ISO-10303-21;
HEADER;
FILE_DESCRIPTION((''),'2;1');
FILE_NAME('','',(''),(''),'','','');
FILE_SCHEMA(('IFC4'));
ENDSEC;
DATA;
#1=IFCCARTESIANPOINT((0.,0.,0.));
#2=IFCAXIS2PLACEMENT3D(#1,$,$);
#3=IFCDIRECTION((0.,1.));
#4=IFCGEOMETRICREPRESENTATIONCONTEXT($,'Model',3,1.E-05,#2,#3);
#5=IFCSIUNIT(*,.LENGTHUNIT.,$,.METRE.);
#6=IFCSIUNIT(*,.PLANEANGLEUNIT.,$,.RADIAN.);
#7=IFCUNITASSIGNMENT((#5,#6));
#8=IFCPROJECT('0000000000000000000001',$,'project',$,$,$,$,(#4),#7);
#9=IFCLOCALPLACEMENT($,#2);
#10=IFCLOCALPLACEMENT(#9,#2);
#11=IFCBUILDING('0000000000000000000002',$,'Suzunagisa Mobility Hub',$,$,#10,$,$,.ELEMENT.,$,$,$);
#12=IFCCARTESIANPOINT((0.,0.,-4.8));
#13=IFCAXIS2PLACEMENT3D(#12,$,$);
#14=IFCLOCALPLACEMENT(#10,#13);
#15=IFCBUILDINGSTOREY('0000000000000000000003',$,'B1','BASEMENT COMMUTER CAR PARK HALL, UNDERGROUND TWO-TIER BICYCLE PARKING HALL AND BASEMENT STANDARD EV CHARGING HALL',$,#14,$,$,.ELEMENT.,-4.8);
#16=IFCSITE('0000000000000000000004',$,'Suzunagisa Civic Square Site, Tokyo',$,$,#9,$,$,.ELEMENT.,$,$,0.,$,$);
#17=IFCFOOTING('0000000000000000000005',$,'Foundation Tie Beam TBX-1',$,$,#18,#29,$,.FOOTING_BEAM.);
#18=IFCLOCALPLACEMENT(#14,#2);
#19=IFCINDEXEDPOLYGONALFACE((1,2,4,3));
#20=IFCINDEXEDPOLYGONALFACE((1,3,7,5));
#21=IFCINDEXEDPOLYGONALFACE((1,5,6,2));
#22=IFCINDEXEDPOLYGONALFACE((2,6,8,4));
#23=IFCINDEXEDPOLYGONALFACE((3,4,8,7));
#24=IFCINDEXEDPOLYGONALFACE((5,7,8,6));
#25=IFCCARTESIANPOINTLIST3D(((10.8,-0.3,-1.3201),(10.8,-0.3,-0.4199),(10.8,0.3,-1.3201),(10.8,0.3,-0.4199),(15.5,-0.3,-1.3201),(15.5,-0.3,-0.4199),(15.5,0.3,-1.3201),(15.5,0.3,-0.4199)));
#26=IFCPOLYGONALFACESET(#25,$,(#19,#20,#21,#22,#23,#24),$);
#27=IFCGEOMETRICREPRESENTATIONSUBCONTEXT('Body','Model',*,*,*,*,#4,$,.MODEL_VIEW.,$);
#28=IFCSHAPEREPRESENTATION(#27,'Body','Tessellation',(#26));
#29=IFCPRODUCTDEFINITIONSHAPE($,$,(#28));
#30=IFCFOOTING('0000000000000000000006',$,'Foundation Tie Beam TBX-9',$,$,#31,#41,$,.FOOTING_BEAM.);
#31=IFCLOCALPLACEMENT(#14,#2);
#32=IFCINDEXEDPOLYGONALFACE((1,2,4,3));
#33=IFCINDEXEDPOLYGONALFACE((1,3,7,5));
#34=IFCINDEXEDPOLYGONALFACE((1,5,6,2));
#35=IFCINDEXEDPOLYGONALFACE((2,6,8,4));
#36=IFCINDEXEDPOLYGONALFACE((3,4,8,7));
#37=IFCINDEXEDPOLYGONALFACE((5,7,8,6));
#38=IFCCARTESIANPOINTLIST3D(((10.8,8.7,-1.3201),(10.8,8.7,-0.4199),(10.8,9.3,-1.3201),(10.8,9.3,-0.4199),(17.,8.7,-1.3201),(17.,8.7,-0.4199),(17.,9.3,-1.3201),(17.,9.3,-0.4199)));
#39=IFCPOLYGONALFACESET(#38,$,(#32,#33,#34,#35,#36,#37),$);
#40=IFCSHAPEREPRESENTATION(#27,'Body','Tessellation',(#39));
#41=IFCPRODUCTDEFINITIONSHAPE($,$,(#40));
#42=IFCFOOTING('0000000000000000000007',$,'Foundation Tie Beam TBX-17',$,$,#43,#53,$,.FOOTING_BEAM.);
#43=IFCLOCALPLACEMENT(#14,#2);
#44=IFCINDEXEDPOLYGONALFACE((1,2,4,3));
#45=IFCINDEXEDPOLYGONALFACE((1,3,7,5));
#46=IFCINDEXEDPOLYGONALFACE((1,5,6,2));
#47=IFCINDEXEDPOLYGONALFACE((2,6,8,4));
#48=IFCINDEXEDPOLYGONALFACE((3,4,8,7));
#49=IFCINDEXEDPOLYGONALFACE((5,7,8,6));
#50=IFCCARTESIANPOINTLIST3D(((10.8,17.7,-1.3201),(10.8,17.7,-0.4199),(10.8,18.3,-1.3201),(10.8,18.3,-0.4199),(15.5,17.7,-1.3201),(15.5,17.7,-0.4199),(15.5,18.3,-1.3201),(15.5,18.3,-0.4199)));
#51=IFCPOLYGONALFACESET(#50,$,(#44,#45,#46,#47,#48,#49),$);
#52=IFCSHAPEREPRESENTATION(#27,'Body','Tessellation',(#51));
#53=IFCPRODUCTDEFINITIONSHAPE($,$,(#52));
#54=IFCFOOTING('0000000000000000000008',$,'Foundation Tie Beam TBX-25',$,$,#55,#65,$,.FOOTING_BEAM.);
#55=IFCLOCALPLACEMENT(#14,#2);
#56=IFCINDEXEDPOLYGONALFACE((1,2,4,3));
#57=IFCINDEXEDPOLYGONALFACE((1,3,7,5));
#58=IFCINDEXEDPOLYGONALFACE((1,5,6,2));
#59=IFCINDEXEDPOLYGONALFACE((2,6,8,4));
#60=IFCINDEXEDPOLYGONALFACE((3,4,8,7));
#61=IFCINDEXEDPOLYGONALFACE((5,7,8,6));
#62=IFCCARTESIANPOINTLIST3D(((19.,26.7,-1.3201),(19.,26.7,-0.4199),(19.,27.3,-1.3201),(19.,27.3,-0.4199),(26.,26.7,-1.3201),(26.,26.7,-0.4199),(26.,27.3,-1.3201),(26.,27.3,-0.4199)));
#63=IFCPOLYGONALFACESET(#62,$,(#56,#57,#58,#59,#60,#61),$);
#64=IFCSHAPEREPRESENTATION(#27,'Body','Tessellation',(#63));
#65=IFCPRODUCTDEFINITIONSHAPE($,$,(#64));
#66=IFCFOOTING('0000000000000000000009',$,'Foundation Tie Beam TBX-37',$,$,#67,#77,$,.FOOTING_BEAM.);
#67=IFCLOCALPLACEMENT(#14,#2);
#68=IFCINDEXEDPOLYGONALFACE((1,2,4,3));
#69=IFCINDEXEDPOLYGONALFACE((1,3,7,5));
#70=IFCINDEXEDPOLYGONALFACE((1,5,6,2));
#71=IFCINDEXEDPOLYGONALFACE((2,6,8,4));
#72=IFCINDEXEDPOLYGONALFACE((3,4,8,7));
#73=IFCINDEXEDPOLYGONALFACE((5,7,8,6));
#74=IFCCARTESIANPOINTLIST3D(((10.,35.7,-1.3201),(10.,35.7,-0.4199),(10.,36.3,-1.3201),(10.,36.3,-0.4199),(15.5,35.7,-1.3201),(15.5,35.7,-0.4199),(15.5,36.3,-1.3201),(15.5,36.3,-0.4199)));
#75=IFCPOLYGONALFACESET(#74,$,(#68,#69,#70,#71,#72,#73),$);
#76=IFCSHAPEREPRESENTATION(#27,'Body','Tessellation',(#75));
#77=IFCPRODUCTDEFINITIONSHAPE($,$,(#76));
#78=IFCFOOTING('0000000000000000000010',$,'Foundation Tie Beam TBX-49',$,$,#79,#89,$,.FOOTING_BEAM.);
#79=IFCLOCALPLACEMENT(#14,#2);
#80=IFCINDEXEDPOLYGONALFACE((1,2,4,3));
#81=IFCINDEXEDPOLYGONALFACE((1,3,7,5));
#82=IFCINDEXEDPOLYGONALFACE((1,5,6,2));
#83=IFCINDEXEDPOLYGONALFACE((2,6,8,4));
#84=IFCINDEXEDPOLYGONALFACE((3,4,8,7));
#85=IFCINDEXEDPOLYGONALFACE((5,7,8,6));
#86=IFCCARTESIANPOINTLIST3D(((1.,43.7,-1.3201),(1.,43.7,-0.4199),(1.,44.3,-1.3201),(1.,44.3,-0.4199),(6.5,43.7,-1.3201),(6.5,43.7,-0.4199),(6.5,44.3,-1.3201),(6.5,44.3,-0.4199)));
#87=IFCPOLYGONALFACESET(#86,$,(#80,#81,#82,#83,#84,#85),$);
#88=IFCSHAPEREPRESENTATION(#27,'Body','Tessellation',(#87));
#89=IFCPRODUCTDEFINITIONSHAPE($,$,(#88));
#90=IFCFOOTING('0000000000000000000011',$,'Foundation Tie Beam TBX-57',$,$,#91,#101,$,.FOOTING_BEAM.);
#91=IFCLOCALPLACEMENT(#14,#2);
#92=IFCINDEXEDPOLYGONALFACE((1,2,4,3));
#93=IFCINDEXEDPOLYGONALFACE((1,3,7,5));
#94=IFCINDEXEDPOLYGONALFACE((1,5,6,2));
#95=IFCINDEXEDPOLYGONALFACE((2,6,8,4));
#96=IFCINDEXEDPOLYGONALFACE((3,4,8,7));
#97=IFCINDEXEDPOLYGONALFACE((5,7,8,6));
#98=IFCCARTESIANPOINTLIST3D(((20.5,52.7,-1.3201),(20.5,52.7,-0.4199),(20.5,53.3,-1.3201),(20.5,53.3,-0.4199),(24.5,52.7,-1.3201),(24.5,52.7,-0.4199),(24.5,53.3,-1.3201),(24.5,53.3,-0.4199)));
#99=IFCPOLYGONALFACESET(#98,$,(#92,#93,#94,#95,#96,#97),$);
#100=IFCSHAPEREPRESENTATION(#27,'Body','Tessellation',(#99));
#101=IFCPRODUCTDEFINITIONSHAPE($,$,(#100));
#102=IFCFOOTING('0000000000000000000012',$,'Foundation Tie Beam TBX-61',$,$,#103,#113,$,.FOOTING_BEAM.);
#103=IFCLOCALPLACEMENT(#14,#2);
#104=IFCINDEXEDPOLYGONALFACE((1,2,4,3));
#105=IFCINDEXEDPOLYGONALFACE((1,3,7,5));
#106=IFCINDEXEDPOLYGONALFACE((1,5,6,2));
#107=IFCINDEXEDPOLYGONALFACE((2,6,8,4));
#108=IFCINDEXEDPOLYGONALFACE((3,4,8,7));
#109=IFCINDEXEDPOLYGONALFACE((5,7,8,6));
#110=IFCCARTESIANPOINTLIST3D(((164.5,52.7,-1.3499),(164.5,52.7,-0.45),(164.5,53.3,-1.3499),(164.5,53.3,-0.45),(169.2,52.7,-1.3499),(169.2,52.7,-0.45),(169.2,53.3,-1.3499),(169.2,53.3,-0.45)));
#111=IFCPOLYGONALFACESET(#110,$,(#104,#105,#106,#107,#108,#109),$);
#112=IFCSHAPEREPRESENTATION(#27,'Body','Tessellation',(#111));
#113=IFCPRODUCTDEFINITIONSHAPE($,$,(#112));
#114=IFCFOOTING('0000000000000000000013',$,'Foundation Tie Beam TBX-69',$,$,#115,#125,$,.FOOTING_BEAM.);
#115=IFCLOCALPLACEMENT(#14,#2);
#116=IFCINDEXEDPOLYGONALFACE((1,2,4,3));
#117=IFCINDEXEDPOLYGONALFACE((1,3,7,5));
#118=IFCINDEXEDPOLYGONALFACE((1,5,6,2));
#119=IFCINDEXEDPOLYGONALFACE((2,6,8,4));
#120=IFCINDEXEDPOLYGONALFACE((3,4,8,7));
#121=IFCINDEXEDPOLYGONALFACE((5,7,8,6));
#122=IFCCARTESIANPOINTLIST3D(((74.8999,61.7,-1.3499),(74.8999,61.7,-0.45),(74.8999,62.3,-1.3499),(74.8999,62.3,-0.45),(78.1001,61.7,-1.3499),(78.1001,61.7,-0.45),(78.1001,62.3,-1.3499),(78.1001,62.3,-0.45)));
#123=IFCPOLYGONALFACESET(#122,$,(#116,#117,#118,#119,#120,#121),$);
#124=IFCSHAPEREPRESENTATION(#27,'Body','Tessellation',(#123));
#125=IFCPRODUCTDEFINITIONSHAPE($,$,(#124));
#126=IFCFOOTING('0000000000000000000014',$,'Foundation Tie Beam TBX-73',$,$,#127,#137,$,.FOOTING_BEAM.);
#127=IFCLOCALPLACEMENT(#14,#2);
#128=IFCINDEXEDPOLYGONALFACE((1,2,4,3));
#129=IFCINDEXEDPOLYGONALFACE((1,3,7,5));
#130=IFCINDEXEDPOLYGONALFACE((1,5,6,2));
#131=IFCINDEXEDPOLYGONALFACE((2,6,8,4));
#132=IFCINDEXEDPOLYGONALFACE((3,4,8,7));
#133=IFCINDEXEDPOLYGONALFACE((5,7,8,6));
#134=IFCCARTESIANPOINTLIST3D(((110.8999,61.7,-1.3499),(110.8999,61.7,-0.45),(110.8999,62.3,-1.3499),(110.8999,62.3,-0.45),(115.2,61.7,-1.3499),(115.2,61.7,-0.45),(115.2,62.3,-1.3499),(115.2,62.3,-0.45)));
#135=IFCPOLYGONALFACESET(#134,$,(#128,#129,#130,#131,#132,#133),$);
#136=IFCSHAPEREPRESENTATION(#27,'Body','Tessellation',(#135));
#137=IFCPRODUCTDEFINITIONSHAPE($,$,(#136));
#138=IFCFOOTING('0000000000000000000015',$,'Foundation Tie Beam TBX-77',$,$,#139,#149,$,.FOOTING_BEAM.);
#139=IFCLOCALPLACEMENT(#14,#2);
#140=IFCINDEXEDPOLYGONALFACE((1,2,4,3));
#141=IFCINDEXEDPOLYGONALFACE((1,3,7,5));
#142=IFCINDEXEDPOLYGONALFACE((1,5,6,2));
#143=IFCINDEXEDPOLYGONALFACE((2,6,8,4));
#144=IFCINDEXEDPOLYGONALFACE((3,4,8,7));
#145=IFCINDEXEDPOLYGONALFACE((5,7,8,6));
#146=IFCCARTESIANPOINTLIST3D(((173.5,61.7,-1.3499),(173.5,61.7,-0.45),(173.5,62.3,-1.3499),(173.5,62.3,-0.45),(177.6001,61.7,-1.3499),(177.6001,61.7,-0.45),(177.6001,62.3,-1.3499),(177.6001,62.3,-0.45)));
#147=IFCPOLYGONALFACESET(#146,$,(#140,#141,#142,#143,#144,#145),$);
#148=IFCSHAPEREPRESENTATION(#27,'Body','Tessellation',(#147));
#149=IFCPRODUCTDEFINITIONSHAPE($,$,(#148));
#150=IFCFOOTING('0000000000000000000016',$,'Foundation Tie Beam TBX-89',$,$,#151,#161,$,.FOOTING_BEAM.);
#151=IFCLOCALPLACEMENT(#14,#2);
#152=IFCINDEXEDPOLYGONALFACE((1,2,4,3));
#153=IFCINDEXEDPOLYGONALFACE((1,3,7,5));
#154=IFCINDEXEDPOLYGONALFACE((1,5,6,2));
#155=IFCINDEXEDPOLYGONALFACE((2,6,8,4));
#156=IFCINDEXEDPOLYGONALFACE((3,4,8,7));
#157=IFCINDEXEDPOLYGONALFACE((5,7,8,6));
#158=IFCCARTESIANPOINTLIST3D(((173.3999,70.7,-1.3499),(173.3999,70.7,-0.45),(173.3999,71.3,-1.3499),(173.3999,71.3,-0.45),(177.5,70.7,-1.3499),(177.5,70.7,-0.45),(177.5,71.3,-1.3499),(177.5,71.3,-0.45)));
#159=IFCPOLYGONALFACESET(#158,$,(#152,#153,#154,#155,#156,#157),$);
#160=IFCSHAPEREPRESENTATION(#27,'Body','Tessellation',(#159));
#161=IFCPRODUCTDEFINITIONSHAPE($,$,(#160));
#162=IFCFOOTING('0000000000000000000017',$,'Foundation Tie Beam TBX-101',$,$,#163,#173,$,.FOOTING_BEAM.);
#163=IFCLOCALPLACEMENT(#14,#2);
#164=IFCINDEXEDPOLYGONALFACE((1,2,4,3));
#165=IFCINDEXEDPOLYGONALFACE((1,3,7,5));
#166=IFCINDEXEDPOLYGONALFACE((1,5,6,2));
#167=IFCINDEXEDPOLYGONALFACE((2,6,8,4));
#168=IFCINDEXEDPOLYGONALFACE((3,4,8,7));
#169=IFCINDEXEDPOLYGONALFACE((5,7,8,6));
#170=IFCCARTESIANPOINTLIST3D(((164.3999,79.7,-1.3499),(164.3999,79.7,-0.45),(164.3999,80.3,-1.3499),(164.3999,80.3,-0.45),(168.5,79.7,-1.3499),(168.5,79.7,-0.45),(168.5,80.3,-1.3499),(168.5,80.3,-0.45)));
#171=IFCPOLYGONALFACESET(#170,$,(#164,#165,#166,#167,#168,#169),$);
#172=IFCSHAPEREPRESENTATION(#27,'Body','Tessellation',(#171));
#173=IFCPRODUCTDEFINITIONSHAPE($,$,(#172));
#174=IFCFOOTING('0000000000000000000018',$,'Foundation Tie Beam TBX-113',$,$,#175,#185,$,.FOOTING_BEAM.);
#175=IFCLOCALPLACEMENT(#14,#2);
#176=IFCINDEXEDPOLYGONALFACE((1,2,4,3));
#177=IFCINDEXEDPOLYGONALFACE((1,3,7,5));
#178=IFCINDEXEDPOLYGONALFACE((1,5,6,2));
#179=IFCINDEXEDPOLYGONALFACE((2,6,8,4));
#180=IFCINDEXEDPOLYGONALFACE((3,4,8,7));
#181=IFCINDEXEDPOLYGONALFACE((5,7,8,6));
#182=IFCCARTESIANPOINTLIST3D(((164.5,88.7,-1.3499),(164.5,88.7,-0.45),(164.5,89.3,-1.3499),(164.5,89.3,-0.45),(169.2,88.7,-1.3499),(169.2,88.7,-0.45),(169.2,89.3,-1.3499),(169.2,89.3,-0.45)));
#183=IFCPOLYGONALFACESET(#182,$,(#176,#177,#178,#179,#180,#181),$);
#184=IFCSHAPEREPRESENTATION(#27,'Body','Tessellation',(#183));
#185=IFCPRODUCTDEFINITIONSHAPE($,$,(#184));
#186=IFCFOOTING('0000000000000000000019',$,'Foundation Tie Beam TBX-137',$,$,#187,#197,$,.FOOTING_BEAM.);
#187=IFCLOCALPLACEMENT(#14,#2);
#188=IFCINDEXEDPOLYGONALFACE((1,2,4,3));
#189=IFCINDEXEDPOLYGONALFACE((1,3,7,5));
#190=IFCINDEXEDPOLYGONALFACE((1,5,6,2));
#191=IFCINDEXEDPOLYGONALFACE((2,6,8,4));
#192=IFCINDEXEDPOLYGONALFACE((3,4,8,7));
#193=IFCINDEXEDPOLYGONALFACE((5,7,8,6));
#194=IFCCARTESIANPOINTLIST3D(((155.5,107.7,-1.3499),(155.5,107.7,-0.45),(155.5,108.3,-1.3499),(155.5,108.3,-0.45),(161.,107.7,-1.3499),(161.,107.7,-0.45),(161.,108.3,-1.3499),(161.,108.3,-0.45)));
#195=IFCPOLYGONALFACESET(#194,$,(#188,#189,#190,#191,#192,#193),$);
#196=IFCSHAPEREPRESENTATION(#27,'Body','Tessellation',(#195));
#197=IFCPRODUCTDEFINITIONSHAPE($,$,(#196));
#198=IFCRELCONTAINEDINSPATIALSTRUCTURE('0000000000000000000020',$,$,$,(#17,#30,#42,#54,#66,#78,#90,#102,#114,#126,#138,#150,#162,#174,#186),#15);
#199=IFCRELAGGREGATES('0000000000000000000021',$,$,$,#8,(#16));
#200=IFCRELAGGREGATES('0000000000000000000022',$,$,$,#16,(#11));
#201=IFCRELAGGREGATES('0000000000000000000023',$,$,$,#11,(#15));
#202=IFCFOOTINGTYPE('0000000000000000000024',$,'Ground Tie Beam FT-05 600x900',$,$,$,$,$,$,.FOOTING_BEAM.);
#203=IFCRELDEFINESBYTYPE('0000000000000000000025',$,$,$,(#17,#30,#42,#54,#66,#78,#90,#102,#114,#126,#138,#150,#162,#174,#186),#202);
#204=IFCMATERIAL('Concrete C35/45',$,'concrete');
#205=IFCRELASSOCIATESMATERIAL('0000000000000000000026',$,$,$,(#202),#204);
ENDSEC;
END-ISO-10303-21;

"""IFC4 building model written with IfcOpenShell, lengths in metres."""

from ifc_helpers import new_model, si_unit, direction, frame, origin, place, context, subcontext, project, spatial, polyline, outline, extrude, material, type_object, element, save


model = new_model("IFC4")

# Units and contexts
model_context = context("Model", 3, precision=1e-05, world=origin(), true_north=direction((0.0, 1.0)))
body_context = subcontext(model_context, "Body", "Model", "MODEL_VIEW")
ifc_project = project(units=[si_unit("LENGTHUNIT", "METRE"), si_unit("PLANEANGLEUNIT", "RADIAN")], contexts=[model_context])

# Site, building, storey
site_placement = place(None, origin())
site = spatial("IfcSite", under=ifc_project, at=site_placement, Name="Suzunagisa Civic Square Site, Tokyo", CompositionType="ELEMENT", RefElevation=0.0)
building_placement = place(site_placement, origin())
building = spatial("IfcBuilding", under=site, at=building_placement, Name="Suzunagisa Mobility Hub", CompositionType="ELEMENT")
storey_placement = place(building_placement, frame((0.0, 0.0, -4.8)))
storey = spatial("IfcBuildingStorey", under=building, at=storey_placement, Name="B1", Description="BASEMENT COMMUTER CAR PARK HALL, UNDERGROUND TWO-TIER BICYCLE PARKING HALL AND BASEMENT STANDARD EV CHARGING HALL", CompositionType="ELEMENT", Elevation=-4.8)

# Footings
ifc_material = material(Name="Concrete C35/45", Category="concrete")
footing_type = type_object("IfcFootingType", Name="Ground Tie Beam FT-05 600x900", PredefinedType="FOOTING_BEAM", material=ifc_material)
footing_1_placement = place(storey_placement, frame((0.0, 0.0, -1.3201)))
element("IfcFooting", 1, at=footing_1_placement, inside=storey, type_object=footing_type, Name="Foundation Tie Beam TBX-1", PredefinedType="FOOTING_BEAM", context=body_context, shape_type="SweptSolid", body=[
    extrude(outline(polyline([(10.8, -0.3), (15.5, -0.3), (15.5, 0.3), (10.8, 0.3), (10.8, -0.3)])), origin(), (0.0, 0.0, 1.0), 0.9001),
])
footing_2_placement = place(storey_placement, frame((0.0, 0.0, -1.3201)))
element("IfcFooting", 2, at=footing_2_placement, inside=storey, type_object=footing_type, Name="Foundation Tie Beam TBX-9", PredefinedType="FOOTING_BEAM", context=body_context, shape_type="SweptSolid", body=[
    extrude(outline(polyline([(10.8, 8.7), (17.0, 8.7), (17.0, 9.3), (10.8, 9.3), (10.8, 8.7)])), origin(), (0.0, 0.0, 1.0), 0.9001),
])
footing_3_placement = place(storey_placement, frame((0.0, 0.0, -1.3201)))
element("IfcFooting", 3, at=footing_3_placement, inside=storey, type_object=footing_type, Name="Foundation Tie Beam TBX-17", PredefinedType="FOOTING_BEAM", context=body_context, shape_type="SweptSolid", body=[
    extrude(outline(polyline([(10.8, 17.7), (15.5, 17.7), (15.5, 18.3), (10.8, 18.3), (10.8, 17.7)])), origin(), (0.0, 0.0, 1.0), 0.9001),
])
footing_4_placement = place(storey_placement, frame((0.0, 0.0, -1.3201)))
element("IfcFooting", 4, at=footing_4_placement, inside=storey, type_object=footing_type, Name="Foundation Tie Beam TBX-25", PredefinedType="FOOTING_BEAM", context=body_context, shape_type="SweptSolid", body=[
    extrude(outline(polyline([(19.0, 26.7), (26.0, 26.7), (26.0, 27.3), (19.0, 27.3), (19.0, 26.7)])), origin(), (0.0, 0.0, 1.0), 0.9001),
])
footing_5_placement = place(storey_placement, frame((0.0, 0.0, -1.3201)))
element("IfcFooting", 5, at=footing_5_placement, inside=storey, type_object=footing_type, Name="Foundation Tie Beam TBX-37", PredefinedType="FOOTING_BEAM", context=body_context, shape_type="SweptSolid", body=[
    extrude(outline(polyline([(10.0, 35.7), (15.5, 35.7), (15.5, 36.3), (10.0, 36.3), (10.0, 35.7)])), origin(), (0.0, 0.0, 1.0), 0.9001),
])
footing_6_placement = place(storey_placement, frame((0.0, 0.0, -1.3201)))
element("IfcFooting", 6, at=footing_6_placement, inside=storey, type_object=footing_type, Name="Foundation Tie Beam TBX-49", PredefinedType="FOOTING_BEAM", context=body_context, shape_type="SweptSolid", body=[
    extrude(outline(polyline([(1.0, 43.7), (6.5, 43.7), (6.5, 44.3), (1.0, 44.3), (1.0, 43.7)])), origin(), (0.0, 0.0, 1.0), 0.9001),
])
footing_7_placement = place(storey_placement, frame((0.0, 0.0, -1.3201)))
element("IfcFooting", 7, at=footing_7_placement, inside=storey, type_object=footing_type, Name="Foundation Tie Beam TBX-57", PredefinedType="FOOTING_BEAM", context=body_context, shape_type="SweptSolid", body=[
    extrude(outline(polyline([(20.5, 52.7), (24.5, 52.7), (24.5, 53.3), (20.5, 53.3), (20.5, 52.7)])), origin(), (0.0, 0.0, 1.0), 0.9001),
])
footing_8_placement = place(storey_placement, frame((0.0, 0.0, -1.3499)))
element("IfcFooting", 8, at=footing_8_placement, inside=storey, type_object=footing_type, Name="Foundation Tie Beam TBX-61", PredefinedType="FOOTING_BEAM", context=body_context, shape_type="SweptSolid", body=[
    extrude(outline(polyline([(164.5, 52.7), (169.2, 52.7), (169.2, 53.3), (164.5, 53.3), (164.5, 52.7)])), origin(), (0.0, 0.0, 1.0), 0.8999),
])
footing_9_placement = place(storey_placement, frame((0.0, 0.0, -1.3499)))
element("IfcFooting", 9, at=footing_9_placement, inside=storey, type_object=footing_type, Name="Foundation Tie Beam TBX-69", PredefinedType="FOOTING_BEAM", context=body_context, shape_type="SweptSolid", body=[
    extrude(outline(polyline([(74.8999, 61.7), (78.1001, 61.7), (78.1001, 62.3), (74.8999, 62.3), (74.8999, 61.7)])), origin(), (0.0, 0.0, 1.0), 0.8999),
])
footing_10_placement = place(storey_placement, frame((0.0, 0.0, -1.3499)))
element("IfcFooting", 10, at=footing_10_placement, inside=storey, type_object=footing_type, Name="Foundation Tie Beam TBX-73", PredefinedType="FOOTING_BEAM", context=body_context, shape_type="SweptSolid", body=[
    extrude(outline(polyline([(110.8999, 61.7), (115.2, 61.7), (115.2, 62.3), (110.8999, 62.3), (110.8999, 61.7)])), origin(), (0.0, 0.0, 1.0), 0.8999),
])
footing_11_placement = place(storey_placement, frame((0.0, 0.0, -1.3499)))
element("IfcFooting", 11, at=footing_11_placement, inside=storey, type_object=footing_type, Name="Foundation Tie Beam TBX-77", PredefinedType="FOOTING_BEAM", context=body_context, shape_type="SweptSolid", body=[
    extrude(outline(polyline([(173.5, 61.7), (177.6001, 61.7), (177.6001, 62.3), (173.5, 62.3), (173.5, 61.7)])), origin(), (0.0, 0.0, 1.0), 0.8999),
])
footing_12_placement = place(storey_placement, frame((0.0, 0.0, -1.3499)))
element("IfcFooting", 12, at=footing_12_placement, inside=storey, type_object=footing_type, Name="Foundation Tie Beam TBX-89", PredefinedType="FOOTING_BEAM", context=body_context, shape_type="SweptSolid", body=[
    extrude(outline(polyline([(173.3999, 70.7), (177.5, 70.7), (177.5, 71.3), (173.3999, 71.3), (173.3999, 70.7)])), origin(), (0.0, 0.0, 1.0), 0.8999),
])
footing_13_placement = place(storey_placement, frame((0.0, 0.0, -1.3499)))
element("IfcFooting", 13, at=footing_13_placement, inside=storey, type_object=footing_type, Name="Foundation Tie Beam TBX-101", PredefinedType="FOOTING_BEAM", context=body_context, shape_type="SweptSolid", body=[
    extrude(outline(polyline([(164.3999, 79.7), (168.5, 79.7), (168.5, 80.3), (164.3999, 80.3), (164.3999, 79.7)])), origin(), (0.0, 0.0, 1.0), 0.8999),
])
footing_14_placement = place(storey_placement, frame((0.0, 0.0, -1.3499)))
element("IfcFooting", 14, at=footing_14_placement, inside=storey, type_object=footing_type, Name="Foundation Tie Beam TBX-113", PredefinedType="FOOTING_BEAM", context=body_context, shape_type="SweptSolid", body=[
    extrude(outline(polyline([(164.5, 88.7), (169.2, 88.7), (169.2, 89.3), (164.5, 89.3), (164.5, 88.7)])), origin(), (0.0, 0.0, 1.0), 0.8999),
])
footing_15_placement = place(storey_placement, frame((0.0, 0.0, -1.3499)))
element("IfcFooting", 15, at=footing_15_placement, inside=storey, type_object=footing_type, Name="Foundation Tie Beam TBX-137", PredefinedType="FOOTING_BEAM", context=body_context, shape_type="SweptSolid", body=[
    extrude(outline(polyline([(155.5, 107.7), (161.0, 107.7), (161.0, 108.3), (155.5, 108.3), (155.5, 107.7)])), origin(), (0.0, 0.0, 1.0), 0.8999),
])

save(model, "model.ifc")
